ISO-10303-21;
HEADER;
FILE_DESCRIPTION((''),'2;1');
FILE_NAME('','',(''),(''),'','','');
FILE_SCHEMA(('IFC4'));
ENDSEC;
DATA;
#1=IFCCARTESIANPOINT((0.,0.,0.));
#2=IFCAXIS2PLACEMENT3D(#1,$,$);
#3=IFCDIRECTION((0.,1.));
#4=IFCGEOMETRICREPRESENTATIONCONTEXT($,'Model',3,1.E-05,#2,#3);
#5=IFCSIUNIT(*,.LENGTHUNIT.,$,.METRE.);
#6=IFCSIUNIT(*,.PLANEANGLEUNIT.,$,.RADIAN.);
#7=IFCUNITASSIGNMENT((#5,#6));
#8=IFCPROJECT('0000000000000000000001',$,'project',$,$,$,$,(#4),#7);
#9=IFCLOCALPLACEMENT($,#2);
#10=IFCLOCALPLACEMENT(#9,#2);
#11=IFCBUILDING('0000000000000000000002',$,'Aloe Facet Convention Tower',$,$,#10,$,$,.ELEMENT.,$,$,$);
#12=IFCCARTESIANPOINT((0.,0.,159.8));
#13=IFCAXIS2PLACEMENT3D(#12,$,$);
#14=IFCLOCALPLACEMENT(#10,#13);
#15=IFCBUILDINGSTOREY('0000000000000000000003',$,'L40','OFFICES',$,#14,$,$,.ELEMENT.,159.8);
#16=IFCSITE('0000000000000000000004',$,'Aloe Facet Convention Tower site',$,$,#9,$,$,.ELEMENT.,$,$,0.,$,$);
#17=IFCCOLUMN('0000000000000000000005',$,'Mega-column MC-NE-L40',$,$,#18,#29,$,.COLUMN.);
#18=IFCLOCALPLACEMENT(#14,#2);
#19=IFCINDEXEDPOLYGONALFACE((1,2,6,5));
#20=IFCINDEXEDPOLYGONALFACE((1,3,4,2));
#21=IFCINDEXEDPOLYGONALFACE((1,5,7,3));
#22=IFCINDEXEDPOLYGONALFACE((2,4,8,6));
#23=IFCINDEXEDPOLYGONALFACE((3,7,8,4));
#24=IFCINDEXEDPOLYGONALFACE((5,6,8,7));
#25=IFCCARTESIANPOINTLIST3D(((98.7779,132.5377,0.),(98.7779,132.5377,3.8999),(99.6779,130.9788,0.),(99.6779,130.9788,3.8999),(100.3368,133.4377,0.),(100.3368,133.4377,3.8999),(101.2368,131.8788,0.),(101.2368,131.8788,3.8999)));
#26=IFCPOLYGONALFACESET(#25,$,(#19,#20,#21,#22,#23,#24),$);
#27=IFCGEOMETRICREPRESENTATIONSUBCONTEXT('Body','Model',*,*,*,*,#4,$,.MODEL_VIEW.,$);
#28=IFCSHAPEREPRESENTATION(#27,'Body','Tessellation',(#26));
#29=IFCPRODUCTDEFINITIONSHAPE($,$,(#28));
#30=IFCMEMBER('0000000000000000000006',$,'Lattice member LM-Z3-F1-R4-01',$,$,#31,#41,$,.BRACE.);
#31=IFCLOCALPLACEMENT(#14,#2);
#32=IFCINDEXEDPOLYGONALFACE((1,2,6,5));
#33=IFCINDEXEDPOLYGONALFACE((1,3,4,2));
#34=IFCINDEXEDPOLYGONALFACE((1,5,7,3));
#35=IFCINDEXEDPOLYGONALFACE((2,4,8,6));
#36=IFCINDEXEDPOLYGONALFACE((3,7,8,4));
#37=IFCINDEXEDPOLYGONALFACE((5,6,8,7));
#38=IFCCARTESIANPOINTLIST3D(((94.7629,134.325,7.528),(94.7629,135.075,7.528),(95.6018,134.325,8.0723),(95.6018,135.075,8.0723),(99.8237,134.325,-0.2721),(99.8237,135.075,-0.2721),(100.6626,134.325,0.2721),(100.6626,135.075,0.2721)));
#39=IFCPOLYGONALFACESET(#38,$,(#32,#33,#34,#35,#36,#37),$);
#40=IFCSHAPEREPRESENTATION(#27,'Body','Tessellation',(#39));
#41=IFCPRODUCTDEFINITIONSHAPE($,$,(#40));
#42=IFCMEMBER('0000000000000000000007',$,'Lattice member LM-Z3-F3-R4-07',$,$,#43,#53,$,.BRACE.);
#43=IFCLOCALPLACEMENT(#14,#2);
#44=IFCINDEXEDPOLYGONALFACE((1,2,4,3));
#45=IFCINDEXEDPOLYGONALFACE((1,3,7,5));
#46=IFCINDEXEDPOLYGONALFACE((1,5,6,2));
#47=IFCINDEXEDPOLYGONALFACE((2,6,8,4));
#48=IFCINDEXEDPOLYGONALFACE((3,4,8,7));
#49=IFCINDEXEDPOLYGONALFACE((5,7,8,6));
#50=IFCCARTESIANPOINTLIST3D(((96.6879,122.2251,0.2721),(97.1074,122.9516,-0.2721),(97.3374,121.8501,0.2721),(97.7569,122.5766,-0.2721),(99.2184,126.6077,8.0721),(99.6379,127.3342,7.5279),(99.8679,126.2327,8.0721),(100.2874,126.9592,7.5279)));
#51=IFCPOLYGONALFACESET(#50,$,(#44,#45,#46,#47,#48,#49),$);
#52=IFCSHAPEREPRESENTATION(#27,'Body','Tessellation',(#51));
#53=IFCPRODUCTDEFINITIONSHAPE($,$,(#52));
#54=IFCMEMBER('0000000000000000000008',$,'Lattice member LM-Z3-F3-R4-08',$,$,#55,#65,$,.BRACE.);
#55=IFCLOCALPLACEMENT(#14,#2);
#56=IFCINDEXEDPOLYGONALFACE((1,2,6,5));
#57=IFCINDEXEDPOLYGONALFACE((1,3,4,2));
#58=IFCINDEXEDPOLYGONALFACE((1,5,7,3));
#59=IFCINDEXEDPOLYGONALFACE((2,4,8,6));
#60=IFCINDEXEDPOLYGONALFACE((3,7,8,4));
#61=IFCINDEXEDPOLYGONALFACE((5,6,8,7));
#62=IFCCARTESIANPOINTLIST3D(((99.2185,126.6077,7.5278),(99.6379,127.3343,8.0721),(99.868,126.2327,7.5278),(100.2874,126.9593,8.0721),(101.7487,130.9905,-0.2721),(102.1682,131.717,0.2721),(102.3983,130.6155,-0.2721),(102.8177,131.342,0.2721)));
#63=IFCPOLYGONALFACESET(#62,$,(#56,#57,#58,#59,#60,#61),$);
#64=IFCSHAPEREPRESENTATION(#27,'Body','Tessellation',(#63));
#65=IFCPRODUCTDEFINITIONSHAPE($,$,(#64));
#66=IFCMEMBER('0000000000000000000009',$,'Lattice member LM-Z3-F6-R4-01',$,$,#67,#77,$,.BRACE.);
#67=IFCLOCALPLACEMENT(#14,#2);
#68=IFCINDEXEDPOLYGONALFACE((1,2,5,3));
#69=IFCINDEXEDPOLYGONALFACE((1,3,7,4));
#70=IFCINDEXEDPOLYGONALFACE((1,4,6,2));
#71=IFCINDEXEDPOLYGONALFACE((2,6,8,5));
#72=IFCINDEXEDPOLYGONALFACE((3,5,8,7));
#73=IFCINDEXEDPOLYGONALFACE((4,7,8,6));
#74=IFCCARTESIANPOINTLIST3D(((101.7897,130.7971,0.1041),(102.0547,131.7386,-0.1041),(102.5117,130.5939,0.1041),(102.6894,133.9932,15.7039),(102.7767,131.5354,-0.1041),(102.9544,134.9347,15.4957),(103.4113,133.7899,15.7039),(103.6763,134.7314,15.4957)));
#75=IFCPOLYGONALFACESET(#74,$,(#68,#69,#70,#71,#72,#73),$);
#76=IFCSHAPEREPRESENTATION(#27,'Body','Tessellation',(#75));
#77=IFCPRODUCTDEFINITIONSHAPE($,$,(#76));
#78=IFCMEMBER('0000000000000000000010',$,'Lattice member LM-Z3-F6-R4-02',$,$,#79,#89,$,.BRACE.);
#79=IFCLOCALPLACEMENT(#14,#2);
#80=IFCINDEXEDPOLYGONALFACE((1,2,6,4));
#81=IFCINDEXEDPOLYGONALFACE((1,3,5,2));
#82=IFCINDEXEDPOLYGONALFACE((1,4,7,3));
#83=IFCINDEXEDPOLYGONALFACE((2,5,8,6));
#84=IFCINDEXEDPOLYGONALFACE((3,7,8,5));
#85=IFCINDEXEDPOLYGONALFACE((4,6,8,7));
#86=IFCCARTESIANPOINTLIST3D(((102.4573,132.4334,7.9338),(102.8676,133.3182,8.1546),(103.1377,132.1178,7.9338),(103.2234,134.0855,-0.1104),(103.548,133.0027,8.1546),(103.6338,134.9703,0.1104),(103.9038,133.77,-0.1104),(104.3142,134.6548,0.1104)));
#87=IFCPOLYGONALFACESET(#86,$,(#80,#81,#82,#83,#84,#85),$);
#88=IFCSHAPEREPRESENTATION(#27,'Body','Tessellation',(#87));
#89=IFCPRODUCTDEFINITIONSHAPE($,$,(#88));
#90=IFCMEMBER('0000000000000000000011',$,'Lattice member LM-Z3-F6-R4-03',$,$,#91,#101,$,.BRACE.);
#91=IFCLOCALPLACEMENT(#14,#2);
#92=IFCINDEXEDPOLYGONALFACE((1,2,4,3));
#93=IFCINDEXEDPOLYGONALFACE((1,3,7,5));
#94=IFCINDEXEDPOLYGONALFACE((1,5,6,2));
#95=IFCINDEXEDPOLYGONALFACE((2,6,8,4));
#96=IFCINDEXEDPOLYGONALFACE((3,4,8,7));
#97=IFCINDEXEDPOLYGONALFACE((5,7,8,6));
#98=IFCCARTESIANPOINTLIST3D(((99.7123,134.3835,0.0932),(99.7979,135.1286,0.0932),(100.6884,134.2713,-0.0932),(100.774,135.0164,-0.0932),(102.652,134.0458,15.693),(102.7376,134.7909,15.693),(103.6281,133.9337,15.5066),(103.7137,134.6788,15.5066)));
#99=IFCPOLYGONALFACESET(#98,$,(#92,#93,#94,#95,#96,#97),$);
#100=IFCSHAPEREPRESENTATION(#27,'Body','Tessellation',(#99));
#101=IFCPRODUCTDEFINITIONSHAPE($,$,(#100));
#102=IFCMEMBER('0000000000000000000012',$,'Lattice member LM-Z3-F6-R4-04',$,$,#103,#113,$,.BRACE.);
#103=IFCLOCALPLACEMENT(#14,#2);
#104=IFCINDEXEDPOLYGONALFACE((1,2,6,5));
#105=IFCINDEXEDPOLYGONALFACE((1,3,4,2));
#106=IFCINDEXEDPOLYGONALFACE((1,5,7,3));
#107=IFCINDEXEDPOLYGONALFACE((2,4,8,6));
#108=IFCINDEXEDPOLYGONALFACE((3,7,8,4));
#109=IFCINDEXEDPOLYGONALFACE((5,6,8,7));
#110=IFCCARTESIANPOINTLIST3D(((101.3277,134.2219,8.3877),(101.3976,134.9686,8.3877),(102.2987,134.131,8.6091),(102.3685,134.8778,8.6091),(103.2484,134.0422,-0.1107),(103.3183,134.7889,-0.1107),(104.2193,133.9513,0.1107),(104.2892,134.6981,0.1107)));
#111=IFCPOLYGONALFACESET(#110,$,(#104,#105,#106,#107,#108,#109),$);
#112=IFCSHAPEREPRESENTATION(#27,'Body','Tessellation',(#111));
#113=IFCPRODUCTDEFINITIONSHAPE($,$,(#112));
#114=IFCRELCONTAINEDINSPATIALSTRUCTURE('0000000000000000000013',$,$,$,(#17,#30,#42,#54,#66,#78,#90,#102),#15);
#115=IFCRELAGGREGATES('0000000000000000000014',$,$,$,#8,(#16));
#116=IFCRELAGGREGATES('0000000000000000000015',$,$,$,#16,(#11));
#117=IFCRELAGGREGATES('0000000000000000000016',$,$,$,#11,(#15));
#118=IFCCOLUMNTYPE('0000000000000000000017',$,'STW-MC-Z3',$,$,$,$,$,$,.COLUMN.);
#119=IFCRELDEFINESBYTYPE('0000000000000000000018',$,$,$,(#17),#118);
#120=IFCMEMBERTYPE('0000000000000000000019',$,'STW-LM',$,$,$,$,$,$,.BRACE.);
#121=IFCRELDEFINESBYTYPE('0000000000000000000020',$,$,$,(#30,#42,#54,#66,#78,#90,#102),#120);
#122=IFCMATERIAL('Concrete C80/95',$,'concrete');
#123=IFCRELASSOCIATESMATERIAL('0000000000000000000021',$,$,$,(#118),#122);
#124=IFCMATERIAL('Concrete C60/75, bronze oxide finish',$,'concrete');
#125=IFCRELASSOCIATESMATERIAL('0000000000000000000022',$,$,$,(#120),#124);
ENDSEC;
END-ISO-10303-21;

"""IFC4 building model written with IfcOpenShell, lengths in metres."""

from ifc_helpers import new_model, si_unit, direction, frame, origin, origin_2d, place, context, subcontext, project, spatial, rectangle, extrude, material, material_profile, profile_set, type_object, element, save


model = new_model("IFC4")

# Units and contexts
model_context = context("Model", 3, precision=1e-05, world=origin(), true_north=direction((0.0, 1.0)))
body_context = subcontext(model_context, "Body", "Model", "MODEL_VIEW")
ifc_project = project(units=[si_unit("LENGTHUNIT", "METRE"), si_unit("PLANEANGLEUNIT", "RADIAN")], contexts=[model_context])

# Site, building, storey
site_placement = place(None, origin())
site = spatial("IfcSite", under=ifc_project, at=site_placement, Name="Aloe Facet Convention Tower site", CompositionType="ELEMENT", RefElevation=0.0)
building_placement = place(site_placement, origin())
building = spatial("IfcBuilding", under=site, at=building_placement, Name="Aloe Facet Convention Tower", CompositionType="ELEMENT")
storey_placement = place(building_placement, frame((0.0, 0.0, 159.8)))
storey = spatial("IfcBuildingStorey", under=building, at=storey_placement, Name="L40", Description="OFFICES", CompositionType="ELEMENT", Elevation=159.8)

# Column
ifc_material_1 = material(Name="Concrete C80/95", Category="concrete")
ifc_material_profile_1 = material_profile(ifc_material_1, rectangle(XDim=1.8, YDim=1.8, at=origin_2d()), Name="STW-MC-Z3")
ifc_profile_set_1 = profile_set([ifc_material_profile_1], Name="Concrete C80/95")
column_type = type_object("IfcColumnType", Name="STW-MC-Z3", PredefinedType="COLUMN", material=ifc_profile_set_1)
column_placement = place(storey_placement, frame((100.0073, 132.2083, 0.0), z_axis=(0.0, 0.0, 1.0), x_axis=(-0.5, 0.866025, 0.0)))
element("IfcColumn", 1, at=column_placement, inside=storey, type_object=column_type, Name="Mega-column MC-NE-L40", PredefinedType="COLUMN", context=body_context, shape_type="SweptSolid", body=[
    extrude(rectangle(XDim=1.8, YDim=1.8, at=origin_2d()), origin(), (0.0, 0.0, 1.0), 3.8999),
])

# Members
ifc_material_2 = material(Name="Concrete C60/75, bronze oxide finish", Category="concrete")
ifc_material_profile_2 = material_profile(ifc_material_2, rectangle(XDim=0.75, YDim=1.0, at=origin_2d()), Name="STW-LM")
ifc_profile_set_2 = profile_set([ifc_material_profile_2], Name="Concrete C60/75, bronze oxide finish")
member_type = type_object("IfcMemberType", Name="STW-LM", PredefinedType="BRACE", material=ifc_profile_set_2)
member_1_placement = place(storey_placement, frame((100.2432, 134.7, 0.0), z_axis=(-0.54429, 0.0, 0.838897), x_axis=(0.0, -1.0, 0.0)))
element("IfcMember", 2, at=member_1_placement, inside=storey, type_object=member_type, Name="Lattice member LM-Z3-F1-R4-01", PredefinedType="BRACE", context=body_context, shape_type="SweptSolid", body=[
    extrude(rectangle(XDim=0.75, YDim=1.0, at=origin_2d()), origin(), (0.0, 0.0, 1.0), 9.2981),
])
for number, where, z_axis, x_axis, name in (
    (3, (97.2224, 122.4009, 0.0), (0.27216, 0.47135, 0.838903), (-0.866005, 0.500036, 0.0), "Lattice member LM-Z3-F3-R4-07"),
    (4, (102.2832, 131.1663, 0.0), (-0.272132, -0.471373, 0.838899), (0.866038, -0.499979, 0.0), "Lattice member LM-Z3-F3-R4-08"),
):
    element("IfcMember", number, at=place(storey_placement, frame(where, z_axis=z_axis, x_axis=x_axis)), inside=storey, type_object=member_type, Name=name, PredefinedType="BRACE", context=body_context, shape_type="SweptSolid", body=[
        extrude(rectangle(XDim=0.75, YDim=1.0, at=origin_2d()), origin(), (0.0, 0.0, 1.0), 9.2979),
    ])
member_2_placement = place(storey_placement, frame((102.2832, 131.1663, 0.0), z_axis=(0.056407, 0.200388, 0.978091), x_axis=(-0.96259, 0.270961, 0.0)))
element("IfcMember", 5, at=member_2_placement, inside=storey, type_object=member_type, Name="Lattice member LM-Z3-F6-R4-01", PredefinedType="BRACE", context=body_context, shape_type="SweptSolid", body=[
    extrude(rectangle(XDim=0.75, YDim=1.0, at=origin_2d()), origin(), (0.0, 0.0, 1.0), 15.9492),
])
member_3_placement = place(storey_placement, frame((103.7688, 134.3701, 0.0), z_axis=(-0.092888, -0.200309, 0.97532), x_axis=(0.907205, -0.42069, 0.0)))
element("IfcMember", 6, at=member_3_placement, inside=storey, type_object=member_type, Name="Lattice member LM-Z3-F6-R4-02", PredefinedType="BRACE", context=body_context, shape_type="SweptSolid", body=[
    extrude(rectangle(XDim=0.75, YDim=1.0, at=origin_2d()), origin(), (0.0, 0.0, 1.0), 8.2478),
])
member_4_placement = place(storey_placement, frame((100.2432, 134.7, 0.0), z_axis=(0.185143, -0.021265, 0.982482), x_axis=(0.114107, 0.993468, 0.0)))
element("IfcMember", 7, at=member_4_placement, inside=storey, type_object=member_type, Name="Lattice member LM-Z3-F6-R4-03", PredefinedType="BRACE", context=body_context, shape_type="SweptSolid", body=[
    extrude(rectangle(XDim=0.75, YDim=1.0, at=origin_2d()), origin(), (0.0, 0.0, 1.0), 15.8779),
])
member_5_placement = place(storey_placement, frame((103.7688, 134.3701, 0.0), z_axis=(-0.220398, 0.020619, 0.975192), x_axis=(-0.093149, -0.995652, 0.0)))
element("IfcMember", 8, at=member_5_placement, inside=storey, type_object=member_type, Name="Lattice member LM-Z3-F6-R4-04", PredefinedType="BRACE", context=body_context, shape_type="SweptSolid", body=[
    extrude(rectangle(XDim=0.75, YDim=1.0, at=origin_2d()), origin(), (0.0, 0.0, 1.0), 8.7146),
])

save(model, "model.ifc")
